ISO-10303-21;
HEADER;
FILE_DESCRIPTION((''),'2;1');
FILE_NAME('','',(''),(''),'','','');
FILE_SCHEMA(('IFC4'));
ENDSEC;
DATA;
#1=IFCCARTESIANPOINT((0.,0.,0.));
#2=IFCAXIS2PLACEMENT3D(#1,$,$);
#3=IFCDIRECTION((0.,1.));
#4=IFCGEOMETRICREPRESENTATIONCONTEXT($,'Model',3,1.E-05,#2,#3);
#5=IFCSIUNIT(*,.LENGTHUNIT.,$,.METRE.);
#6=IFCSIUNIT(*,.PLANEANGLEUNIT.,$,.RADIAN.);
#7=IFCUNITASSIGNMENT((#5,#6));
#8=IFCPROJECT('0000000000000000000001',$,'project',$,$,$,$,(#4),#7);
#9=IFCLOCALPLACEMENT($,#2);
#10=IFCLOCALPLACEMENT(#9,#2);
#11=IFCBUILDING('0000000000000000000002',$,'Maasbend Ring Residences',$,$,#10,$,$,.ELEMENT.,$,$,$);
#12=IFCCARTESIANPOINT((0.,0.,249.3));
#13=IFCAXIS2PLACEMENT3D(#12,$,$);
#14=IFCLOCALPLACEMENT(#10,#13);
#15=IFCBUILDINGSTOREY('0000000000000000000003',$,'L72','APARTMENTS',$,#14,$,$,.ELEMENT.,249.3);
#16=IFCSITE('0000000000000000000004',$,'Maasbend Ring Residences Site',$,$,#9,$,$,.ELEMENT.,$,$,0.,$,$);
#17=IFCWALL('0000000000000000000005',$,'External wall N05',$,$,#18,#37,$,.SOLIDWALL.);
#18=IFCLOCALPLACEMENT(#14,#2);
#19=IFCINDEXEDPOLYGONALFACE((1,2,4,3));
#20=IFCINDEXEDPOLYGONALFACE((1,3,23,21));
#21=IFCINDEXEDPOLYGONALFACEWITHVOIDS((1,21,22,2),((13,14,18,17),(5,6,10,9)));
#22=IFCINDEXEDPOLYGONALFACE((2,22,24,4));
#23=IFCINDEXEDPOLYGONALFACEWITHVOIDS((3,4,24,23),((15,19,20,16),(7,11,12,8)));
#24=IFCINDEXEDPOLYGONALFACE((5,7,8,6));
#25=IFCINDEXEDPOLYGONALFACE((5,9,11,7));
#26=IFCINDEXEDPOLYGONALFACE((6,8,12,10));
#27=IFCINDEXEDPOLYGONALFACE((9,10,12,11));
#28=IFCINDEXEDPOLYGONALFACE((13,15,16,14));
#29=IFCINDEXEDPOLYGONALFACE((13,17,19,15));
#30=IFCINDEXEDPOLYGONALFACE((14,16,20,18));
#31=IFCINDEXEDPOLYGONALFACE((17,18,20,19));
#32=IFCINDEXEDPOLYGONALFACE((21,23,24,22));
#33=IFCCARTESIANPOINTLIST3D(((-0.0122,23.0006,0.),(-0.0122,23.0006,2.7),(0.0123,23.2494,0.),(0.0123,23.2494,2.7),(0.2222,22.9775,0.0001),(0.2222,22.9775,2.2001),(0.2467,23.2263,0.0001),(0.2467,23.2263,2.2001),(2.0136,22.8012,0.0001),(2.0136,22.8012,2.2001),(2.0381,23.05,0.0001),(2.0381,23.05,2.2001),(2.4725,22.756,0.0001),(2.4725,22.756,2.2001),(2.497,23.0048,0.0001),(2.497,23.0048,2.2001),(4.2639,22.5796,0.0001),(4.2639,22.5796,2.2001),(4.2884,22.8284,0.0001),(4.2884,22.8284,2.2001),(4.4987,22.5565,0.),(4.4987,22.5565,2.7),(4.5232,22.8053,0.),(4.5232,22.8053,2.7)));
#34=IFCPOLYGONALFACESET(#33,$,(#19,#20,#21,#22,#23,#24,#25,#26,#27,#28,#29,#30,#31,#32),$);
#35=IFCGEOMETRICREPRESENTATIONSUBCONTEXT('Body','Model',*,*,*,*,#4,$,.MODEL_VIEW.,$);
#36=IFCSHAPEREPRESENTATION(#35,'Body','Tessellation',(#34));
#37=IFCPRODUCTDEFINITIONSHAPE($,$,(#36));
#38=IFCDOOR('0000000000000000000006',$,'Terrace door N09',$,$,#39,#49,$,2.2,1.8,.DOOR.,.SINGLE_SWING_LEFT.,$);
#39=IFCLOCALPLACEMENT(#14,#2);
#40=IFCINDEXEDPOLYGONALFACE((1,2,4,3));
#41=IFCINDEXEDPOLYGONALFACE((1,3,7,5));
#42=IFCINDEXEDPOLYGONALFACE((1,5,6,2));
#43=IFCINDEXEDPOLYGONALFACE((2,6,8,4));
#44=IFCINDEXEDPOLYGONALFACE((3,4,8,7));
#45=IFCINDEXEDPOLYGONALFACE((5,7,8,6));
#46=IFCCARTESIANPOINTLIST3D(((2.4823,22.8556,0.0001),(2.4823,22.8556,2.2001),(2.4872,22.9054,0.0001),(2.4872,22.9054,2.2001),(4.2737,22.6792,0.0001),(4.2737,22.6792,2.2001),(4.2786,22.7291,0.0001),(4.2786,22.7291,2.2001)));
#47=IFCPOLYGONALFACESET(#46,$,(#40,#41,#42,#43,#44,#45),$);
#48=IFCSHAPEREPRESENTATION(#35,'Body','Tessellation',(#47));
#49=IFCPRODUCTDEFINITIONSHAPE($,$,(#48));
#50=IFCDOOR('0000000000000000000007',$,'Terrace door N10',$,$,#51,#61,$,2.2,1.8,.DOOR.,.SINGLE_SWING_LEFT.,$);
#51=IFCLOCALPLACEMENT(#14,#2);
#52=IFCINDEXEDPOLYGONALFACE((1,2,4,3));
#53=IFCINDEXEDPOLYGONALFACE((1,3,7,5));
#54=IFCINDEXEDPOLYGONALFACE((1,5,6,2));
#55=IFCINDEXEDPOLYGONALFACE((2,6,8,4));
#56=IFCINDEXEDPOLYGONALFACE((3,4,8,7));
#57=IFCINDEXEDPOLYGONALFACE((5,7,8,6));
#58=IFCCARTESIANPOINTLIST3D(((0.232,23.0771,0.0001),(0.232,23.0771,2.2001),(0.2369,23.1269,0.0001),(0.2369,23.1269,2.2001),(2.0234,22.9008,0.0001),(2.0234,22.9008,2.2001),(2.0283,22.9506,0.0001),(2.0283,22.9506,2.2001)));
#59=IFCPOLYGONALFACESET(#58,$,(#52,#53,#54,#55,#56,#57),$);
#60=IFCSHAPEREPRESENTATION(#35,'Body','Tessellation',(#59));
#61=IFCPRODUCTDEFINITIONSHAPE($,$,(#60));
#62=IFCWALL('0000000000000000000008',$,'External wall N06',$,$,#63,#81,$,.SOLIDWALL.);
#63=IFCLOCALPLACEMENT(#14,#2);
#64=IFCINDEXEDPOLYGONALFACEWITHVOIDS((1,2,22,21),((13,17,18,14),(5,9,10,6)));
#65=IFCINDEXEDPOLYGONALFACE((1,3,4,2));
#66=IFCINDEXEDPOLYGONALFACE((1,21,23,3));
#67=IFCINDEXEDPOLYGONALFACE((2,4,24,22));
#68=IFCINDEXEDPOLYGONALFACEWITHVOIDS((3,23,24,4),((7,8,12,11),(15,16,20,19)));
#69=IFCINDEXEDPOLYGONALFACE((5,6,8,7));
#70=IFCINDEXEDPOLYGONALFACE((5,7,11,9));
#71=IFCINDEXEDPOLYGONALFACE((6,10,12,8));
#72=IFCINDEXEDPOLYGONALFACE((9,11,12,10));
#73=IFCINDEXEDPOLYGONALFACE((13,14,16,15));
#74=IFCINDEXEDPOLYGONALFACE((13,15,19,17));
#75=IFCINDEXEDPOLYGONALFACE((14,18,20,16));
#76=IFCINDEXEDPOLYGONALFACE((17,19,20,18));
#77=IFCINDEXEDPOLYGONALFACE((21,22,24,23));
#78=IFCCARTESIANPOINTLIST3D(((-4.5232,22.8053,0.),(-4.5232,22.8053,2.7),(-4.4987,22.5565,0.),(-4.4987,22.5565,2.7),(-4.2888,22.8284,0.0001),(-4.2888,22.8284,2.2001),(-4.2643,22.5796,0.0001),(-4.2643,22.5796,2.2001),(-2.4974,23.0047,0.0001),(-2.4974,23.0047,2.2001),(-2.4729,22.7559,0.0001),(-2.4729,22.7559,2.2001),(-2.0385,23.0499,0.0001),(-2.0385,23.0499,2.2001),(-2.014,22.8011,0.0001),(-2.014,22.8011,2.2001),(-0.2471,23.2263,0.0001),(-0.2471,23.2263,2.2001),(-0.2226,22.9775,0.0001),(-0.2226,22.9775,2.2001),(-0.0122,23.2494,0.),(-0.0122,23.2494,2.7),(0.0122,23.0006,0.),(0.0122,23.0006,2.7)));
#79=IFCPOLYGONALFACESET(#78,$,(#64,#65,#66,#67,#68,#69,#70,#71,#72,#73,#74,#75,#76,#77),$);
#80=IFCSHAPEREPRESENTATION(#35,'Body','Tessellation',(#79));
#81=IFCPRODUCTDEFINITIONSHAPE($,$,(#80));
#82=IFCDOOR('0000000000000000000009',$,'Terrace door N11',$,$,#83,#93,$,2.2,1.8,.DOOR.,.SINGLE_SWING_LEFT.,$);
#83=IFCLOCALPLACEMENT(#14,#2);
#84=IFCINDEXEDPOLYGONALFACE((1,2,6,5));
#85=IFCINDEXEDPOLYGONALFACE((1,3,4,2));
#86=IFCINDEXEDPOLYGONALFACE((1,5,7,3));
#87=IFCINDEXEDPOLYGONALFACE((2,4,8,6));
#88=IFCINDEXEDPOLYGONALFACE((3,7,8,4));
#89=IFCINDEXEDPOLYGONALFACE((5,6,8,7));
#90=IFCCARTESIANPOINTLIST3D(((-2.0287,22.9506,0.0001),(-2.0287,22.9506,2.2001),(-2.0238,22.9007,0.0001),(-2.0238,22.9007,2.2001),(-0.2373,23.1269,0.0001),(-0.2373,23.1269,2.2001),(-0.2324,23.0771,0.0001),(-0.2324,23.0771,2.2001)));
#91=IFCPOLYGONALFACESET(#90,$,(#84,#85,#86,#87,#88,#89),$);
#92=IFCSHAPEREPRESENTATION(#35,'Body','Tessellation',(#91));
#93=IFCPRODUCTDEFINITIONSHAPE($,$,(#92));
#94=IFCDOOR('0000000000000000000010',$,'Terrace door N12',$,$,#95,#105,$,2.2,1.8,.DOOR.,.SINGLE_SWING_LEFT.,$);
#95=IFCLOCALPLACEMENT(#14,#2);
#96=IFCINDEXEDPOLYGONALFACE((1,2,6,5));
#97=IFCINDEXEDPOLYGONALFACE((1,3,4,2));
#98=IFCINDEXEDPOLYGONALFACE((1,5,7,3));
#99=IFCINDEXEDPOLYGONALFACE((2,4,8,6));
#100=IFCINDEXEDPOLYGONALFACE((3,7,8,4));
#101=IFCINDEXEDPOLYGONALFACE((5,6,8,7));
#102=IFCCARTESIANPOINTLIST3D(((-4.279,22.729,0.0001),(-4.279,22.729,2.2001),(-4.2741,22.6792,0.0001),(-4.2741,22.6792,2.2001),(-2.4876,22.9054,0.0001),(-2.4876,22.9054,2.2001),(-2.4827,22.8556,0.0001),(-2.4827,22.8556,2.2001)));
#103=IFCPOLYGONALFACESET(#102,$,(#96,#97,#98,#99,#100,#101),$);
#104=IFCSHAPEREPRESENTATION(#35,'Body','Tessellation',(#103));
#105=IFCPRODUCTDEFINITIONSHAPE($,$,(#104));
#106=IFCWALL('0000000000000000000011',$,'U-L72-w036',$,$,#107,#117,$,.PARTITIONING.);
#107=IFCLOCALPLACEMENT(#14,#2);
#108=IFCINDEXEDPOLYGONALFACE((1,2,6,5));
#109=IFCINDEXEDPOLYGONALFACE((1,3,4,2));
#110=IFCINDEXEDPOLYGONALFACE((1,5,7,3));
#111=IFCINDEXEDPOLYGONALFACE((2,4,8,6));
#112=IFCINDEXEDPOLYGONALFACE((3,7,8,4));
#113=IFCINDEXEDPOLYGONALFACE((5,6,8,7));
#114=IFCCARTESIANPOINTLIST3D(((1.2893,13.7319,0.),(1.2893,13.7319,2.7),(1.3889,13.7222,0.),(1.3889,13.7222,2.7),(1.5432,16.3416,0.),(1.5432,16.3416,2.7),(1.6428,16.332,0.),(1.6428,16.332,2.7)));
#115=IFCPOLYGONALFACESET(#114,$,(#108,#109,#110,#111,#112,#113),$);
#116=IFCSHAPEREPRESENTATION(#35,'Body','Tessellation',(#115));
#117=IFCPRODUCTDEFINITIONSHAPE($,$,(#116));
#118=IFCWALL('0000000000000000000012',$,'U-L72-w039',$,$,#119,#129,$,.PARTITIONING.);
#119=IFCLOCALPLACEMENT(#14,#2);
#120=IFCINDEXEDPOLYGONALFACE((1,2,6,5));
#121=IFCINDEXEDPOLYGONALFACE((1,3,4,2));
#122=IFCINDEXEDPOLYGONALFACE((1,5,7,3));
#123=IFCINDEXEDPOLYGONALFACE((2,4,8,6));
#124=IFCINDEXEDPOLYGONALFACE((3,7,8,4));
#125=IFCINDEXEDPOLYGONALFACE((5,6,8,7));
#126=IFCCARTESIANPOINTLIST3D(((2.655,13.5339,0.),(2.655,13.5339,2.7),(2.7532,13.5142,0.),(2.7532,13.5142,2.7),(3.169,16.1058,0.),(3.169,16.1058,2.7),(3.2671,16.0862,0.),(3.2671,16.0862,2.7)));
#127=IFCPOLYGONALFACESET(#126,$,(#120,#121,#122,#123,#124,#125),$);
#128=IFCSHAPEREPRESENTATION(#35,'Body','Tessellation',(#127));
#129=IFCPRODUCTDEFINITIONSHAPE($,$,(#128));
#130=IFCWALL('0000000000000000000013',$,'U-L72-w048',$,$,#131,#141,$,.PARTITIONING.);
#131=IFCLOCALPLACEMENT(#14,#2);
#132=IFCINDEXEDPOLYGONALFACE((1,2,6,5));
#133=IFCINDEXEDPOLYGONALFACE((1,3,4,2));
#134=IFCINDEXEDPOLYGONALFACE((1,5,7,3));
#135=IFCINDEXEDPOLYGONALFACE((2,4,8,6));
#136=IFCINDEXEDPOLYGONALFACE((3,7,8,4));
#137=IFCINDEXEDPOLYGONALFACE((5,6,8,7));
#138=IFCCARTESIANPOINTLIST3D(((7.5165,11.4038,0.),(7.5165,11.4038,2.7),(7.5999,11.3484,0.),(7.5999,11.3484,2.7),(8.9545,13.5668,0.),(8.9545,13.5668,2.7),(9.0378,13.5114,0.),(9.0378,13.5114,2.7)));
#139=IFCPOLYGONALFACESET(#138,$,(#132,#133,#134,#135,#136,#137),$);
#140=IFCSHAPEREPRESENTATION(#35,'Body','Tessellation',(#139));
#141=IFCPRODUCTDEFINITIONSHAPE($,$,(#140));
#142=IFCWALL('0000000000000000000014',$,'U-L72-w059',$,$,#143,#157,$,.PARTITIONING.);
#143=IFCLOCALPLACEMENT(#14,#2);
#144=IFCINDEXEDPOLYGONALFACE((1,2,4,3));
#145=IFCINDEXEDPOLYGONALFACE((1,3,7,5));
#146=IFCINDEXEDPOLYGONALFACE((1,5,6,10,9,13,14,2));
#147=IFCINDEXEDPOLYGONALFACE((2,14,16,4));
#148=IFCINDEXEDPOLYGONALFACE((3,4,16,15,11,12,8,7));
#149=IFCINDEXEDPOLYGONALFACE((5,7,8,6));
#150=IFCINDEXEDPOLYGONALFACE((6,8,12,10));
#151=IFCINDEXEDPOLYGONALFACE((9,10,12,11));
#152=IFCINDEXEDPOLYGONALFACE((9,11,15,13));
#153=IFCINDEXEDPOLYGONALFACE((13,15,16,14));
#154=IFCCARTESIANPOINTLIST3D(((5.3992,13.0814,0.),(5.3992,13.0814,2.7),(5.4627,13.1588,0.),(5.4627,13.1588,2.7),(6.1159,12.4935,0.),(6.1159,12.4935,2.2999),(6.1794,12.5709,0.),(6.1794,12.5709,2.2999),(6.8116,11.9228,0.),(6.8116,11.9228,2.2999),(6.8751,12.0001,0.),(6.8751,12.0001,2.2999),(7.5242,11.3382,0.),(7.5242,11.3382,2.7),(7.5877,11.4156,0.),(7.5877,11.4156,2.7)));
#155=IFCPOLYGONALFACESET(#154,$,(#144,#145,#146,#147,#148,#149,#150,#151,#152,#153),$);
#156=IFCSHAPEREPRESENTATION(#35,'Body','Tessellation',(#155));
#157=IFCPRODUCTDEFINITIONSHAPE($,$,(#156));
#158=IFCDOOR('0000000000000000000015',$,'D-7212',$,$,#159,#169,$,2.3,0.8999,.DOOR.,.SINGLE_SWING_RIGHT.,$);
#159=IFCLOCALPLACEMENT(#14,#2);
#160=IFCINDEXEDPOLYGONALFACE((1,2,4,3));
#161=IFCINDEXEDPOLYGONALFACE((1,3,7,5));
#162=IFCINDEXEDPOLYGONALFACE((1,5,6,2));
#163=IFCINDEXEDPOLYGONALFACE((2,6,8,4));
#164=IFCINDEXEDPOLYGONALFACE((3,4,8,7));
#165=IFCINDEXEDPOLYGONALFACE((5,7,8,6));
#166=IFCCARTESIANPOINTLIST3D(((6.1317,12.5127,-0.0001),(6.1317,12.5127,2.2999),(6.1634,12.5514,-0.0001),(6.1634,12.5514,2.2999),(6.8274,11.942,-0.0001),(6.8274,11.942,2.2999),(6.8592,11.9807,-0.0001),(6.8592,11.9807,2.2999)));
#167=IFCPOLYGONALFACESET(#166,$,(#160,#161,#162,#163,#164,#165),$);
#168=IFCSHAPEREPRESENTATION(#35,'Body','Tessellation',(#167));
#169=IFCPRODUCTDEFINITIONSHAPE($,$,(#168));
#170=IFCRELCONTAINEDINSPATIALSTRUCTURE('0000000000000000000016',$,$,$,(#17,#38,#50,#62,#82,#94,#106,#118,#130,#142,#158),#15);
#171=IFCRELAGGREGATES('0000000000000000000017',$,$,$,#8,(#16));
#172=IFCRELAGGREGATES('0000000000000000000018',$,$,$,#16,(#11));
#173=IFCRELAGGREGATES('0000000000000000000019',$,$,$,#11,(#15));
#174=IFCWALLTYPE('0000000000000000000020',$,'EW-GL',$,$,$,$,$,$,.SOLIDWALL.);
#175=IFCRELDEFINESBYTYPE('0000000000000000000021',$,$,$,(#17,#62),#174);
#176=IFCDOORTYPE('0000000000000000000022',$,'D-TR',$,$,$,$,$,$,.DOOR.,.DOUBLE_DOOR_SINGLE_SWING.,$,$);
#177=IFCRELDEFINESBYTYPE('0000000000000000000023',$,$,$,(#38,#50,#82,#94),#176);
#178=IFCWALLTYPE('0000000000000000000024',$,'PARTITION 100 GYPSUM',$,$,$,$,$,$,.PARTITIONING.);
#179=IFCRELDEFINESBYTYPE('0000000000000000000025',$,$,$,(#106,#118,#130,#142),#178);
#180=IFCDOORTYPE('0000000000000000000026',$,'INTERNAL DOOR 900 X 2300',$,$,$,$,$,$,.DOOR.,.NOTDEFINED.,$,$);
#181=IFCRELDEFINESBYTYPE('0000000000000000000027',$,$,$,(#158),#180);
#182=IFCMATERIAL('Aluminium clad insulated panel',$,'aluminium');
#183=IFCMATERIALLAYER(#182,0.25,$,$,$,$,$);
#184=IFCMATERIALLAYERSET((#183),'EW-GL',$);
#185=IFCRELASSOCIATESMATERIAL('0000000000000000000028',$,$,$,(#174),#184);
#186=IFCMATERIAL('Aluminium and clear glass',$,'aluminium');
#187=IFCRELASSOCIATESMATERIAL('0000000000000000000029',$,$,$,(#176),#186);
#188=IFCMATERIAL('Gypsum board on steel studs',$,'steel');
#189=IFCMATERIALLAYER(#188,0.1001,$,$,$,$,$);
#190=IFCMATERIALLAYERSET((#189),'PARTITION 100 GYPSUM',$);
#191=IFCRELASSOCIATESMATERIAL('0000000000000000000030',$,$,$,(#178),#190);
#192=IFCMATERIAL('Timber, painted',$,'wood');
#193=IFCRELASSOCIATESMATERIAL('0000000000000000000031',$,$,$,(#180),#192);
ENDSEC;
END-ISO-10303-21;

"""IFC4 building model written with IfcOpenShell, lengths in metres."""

from ifc_helpers import new_model, si_unit, direction, frame, frame_2d, origin, place, context, subcontext, project, spatial, rectangle, extrude, material, layer, layer_set, type_object, element, fill, save


model = new_model("IFC4")

# Units and contexts
model_context = context("Model", 3, precision=1e-05, world=origin(), true_north=direction((0.0, 1.0)))
body_context = subcontext(model_context, "Body", "Model", "MODEL_VIEW")
ifc_project = project(units=[si_unit("LENGTHUNIT", "METRE"), si_unit("PLANEANGLEUNIT", "RADIAN")], contexts=[model_context])

# Site, building, storey
site_placement = place(None, origin())
site = spatial("IfcSite", under=ifc_project, at=site_placement, Name="Maasbend Ring Residences Site", CompositionType="ELEMENT", RefElevation=0.0)
building_placement = place(site_placement, origin())
building = spatial("IfcBuilding", under=site, at=building_placement, Name="Maasbend Ring Residences", CompositionType="ELEMENT")
storey_placement = place(building_placement, frame((0.0, 0.0, 249.3)))
storey = spatial("IfcBuildingStorey", under=building, at=storey_placement, Name="L72", Description="APARTMENTS", CompositionType="ELEMENT", Elevation=249.3)

# Walls, openings, doors
ifc_material_1 = material(Name="Aluminium clad insulated panel", Category="aluminium")
ifc_layer_1 = layer(ifc_material_1, 0.25)
ifc_layer_set_1 = layer_set([ifc_layer_1], Name="EW-GL")
wall_type_1 = type_object("IfcWallType", Name="EW-GL", PredefinedType="SOLIDWALL", material=ifc_layer_set_1)
wall_1_placement = place(storey_placement, frame((4.511, 22.6809, 0.0), z_axis=(0.0, 0.0, 1.0), x_axis=(-0.995189, 0.097973, 0.0)))
wall_1 = element("IfcWall", 1, at=wall_1_placement, inside=storey, type_object=wall_type_1, Name="External wall N05", PredefinedType="SOLIDWALL", context=body_context, shape_type="SweptSolid", body=[
    extrude(rectangle(XDim=4.5327, YDim=0.25, at=frame_2d((2.2664, 0.0))), origin(), (0.0, 0.0, 1.0), 2.7),
])
opening_1_placement = place(wall_1_placement, frame((0.2361, 0.0, 0.0)))
opening_1 = element("IfcOpeningElement", 2, at=opening_1_placement, cuts=wall_1, PredefinedType="OPENING", context=body_context, shape_type="SweptSolid", body=[
    extrude(rectangle(XDim=1.8, YDim=2.2, at=frame_2d((0.8999, 1.1001))), frame((0.0, 0.135, 0.0), z_axis=(0.0, -1.0, 0.0), x_axis=(1.0, 0.0, 0.0)), (0.0, 0.0, 1.0), 0.27),
])
opening_2_placement = place(wall_1_placement, frame((2.4973, 0.0, 0.0)))
opening_2 = element("IfcOpeningElement", 3, at=opening_2_placement, cuts=wall_1, PredefinedType="OPENING", context=body_context, shape_type="SweptSolid", body=[
    extrude(rectangle(XDim=1.8, YDim=2.2, at=frame_2d((0.8999, 1.1001))), frame((0.0, 0.135, 0.0), z_axis=(0.0, -1.0, 0.0), x_axis=(1.0, 0.0, 0.0)), (0.0, 0.0, 1.0), 0.27),
])
ifc_material_2 = material(Name="Aluminium and clear glass", Category="aluminium")
door_type_1 = type_object("IfcDoorType", Name="D-TR", OperationType="DOUBLE_DOOR_SINGLE_SWING", PredefinedType="DOOR", material=ifc_material_2)
door_1_placement = place(opening_1_placement, origin())
door_1 = element("IfcDoor", 4, at=door_1_placement, inside=storey, type_object=door_type_1, Name="Terrace door N09", OperationType="SINGLE_SWING_LEFT", OverallHeight=2.2, OverallWidth=1.8, PredefinedType="DOOR", context=body_context, shape_type="SweptSolid", body=[
    extrude(rectangle(XDim=1.8, YDim=2.2, at=frame_2d((0.8999, 1.1001))), frame((0.0, 0.0249, 0.0), z_axis=(0.0, -1.0, 0.0), x_axis=(1.0, 0.0, 0.0)), (0.0, 0.0, 1.0), 0.05),
])
fill(opening_1, door_1)
door_2_placement = place(opening_2_placement, origin())
door_2 = element("IfcDoor", 5, at=door_2_placement, inside=storey, type_object=door_type_1, Name="Terrace door N10", OperationType="SINGLE_SWING_LEFT", OverallHeight=2.2, OverallWidth=1.8, PredefinedType="DOOR", context=body_context, shape_type="SweptSolid", body=[
    extrude(rectangle(XDim=1.8, YDim=2.2, at=frame_2d((0.8999, 1.1001))), frame((0.0, 0.0249, 0.0), z_axis=(0.0, -1.0, 0.0), x_axis=(1.0, 0.0, 0.0)), (0.0, 0.0, 1.0), 0.05),
])
fill(opening_2, door_2)
wall_2_placement = place(storey_placement, frame((0.0, 23.125, 0.0), z_axis=(0.0, 0.0, 1.0), x_axis=(-0.995189, -0.097973, 0.0)))
wall_2 = element("IfcWall", 6, at=wall_2_placement, inside=storey, type_object=wall_type_1, Name="External wall N06", PredefinedType="SOLIDWALL", context=body_context, shape_type="SweptSolid", body=[
    extrude(rectangle(XDim=4.5327, YDim=0.25, at=frame_2d((2.2664, 0.0))), origin(), (0.0, 0.0, 1.0), 2.7),
])
opening_3_placement = place(wall_2_placement, frame((0.2361, 0.0, 0.0)))
opening_3 = element("IfcOpeningElement", 7, at=opening_3_placement, cuts=wall_2, PredefinedType="OPENING", context=body_context, shape_type="SweptSolid", body=[
    extrude(rectangle(XDim=1.8, YDim=2.2, at=frame_2d((0.8999, 1.1001))), frame((0.0, 0.135, 0.0), z_axis=(0.0, -1.0, 0.0), x_axis=(1.0, 0.0, 0.0)), (0.0, 0.0, 1.0), 0.27),
])
opening_4_placement = place(wall_2_placement, frame((2.4973, 0.0, 0.0)))
opening_4 = element("IfcOpeningElement", 8, at=opening_4_placement, cuts=wall_2, PredefinedType="OPENING", context=body_context, shape_type="SweptSolid", body=[
    extrude(rectangle(XDim=1.8, YDim=2.2, at=frame_2d((0.8999, 1.1001))), frame((0.0, 0.135, 0.0), z_axis=(0.0, -1.0, 0.0), x_axis=(1.0, 0.0, 0.0)), (0.0, 0.0, 1.0), 0.27),
])
door_3_placement = place(opening_3_placement, origin())
door_3 = element("IfcDoor", 9, at=door_3_placement, inside=storey, type_object=door_type_1, Name="Terrace door N11", OperationType="SINGLE_SWING_LEFT", OverallHeight=2.2, OverallWidth=1.8, PredefinedType="DOOR", context=body_context, shape_type="SweptSolid", body=[
    extrude(rectangle(XDim=1.8, YDim=2.2, at=frame_2d((0.8999, 1.1001))), frame((0.0, 0.0249, 0.0), z_axis=(0.0, -1.0, 0.0), x_axis=(1.0, 0.0, 0.0)), (0.0, 0.0, 1.0), 0.05),
])
fill(opening_3, door_3)
door_4_placement = place(opening_4_placement, origin())
door_4 = element("IfcDoor", 10, at=door_4_placement, inside=storey, type_object=door_type_1, Name="Terrace door N12", OperationType="SINGLE_SWING_LEFT", OverallHeight=2.2, OverallWidth=1.8, PredefinedType="DOOR", context=body_context, shape_type="SweptSolid", body=[
    extrude(rectangle(XDim=1.8, YDim=2.2, at=frame_2d((0.8999, 1.1001))), frame((0.0, 0.0249, 0.0), z_axis=(0.0, -1.0, 0.0), x_axis=(1.0, 0.0, 0.0)), (0.0, 0.0, 1.0), 0.05),
])
fill(opening_4, door_4)

# Walls
ifc_material_3 = material(Name="Gypsum board on steel studs", Category="steel")
ifc_layer_2 = layer(ifc_material_3, 0.1001)
ifc_layer_set_2 = layer_set([ifc_layer_2], Name="PARTITION 100 GYPSUM")
wall_type_2 = type_object("IfcWallType", Name="PARTITION 100 GYPSUM", PredefinedType="PARTITIONING", material=ifc_layer_set_2)
wall_3_placement = place(storey_placement, frame((1.3391, 13.7271, 0.0), z_axis=(0.0, 0.0, 1.0), x_axis=(0.09683, 0.995301, 0.0)))
element("IfcWall", 11, at=wall_3_placement, inside=storey, type_object=wall_type_2, Name="U-L72-w036", PredefinedType="PARTITIONING", context=body_context, shape_type="SweptSolid", body=[
    extrude(rectangle(XDim=2.6221, YDim=0.1001, at=frame_2d((1.311, 0.0))), origin(), (0.0, 0.0, 1.0), 2.7),
])
wall_4_placement = place(storey_placement, frame((2.7041, 13.5239, 0.0), z_axis=(0.0, 0.0, 1.0), x_axis=(0.195937, 0.980616, 0.0)))
element("IfcWall", 12, at=wall_4_placement, inside=storey, type_object=wall_type_2, Name="U-L72-w039", PredefinedType="PARTITIONING", context=body_context, shape_type="SweptSolid", body=[
    extrude(rectangle(XDim=2.6228, YDim=0.1001, at=frame_2d((1.3115, 0.0))), origin(), (0.0, 0.0, 1.0), 2.7),
])
wall_5_placement = place(storey_placement, frame((7.5581, 11.376, 0.0), z_axis=(0.0, 0.0, 1.0), x_axis=(0.553615, 0.832773, 0.0)))
element("IfcWall", 13, at=wall_5_placement, inside=storey, type_object=wall_type_2, Name="U-L72-w048", PredefinedType="PARTITIONING", context=body_context, shape_type="SweptSolid", body=[
    extrude(rectangle(XDim=2.5974, YDim=0.1001, at=frame_2d((1.2988, 0.0))), origin(), (0.0, 0.0, 1.0), 2.7),
])

# Wall, opening, door
wall_6_placement = place(storey_placement, frame((5.4309, 13.1201, 0.0), z_axis=(0.0, 0.0, 1.0), x_axis=(0.773149, -0.634224, 0.0)))
wall_6 = element("IfcWall", 14, at=wall_6_placement, inside=storey, type_object=wall_type_2, Name="U-L72-w059", PredefinedType="PARTITIONING", context=body_context, shape_type="SweptSolid", body=[
    extrude(rectangle(XDim=2.7485, YDim=0.1001, at=frame_2d((1.3743, 0.0))), origin(), (0.0, 0.0, 1.0), 2.7),
])
opening_5_placement = place(wall_6_placement, frame((0.927, 0.0, 0.0)))
opening_5 = element("IfcOpeningElement", 15, at=opening_5_placement, cuts=wall_6, PredefinedType="OPENING", context=body_context, shape_type="SweptSolid", body=[
    extrude(rectangle(XDim=0.8999, YDim=2.3, at=frame_2d((0.45, 1.1499))), frame((0.0, 0.0601, 0.0), z_axis=(0.0, -1.0, 0.0), x_axis=(1.0, 0.0, 0.0)), (0.0, 0.0, 1.0), 0.1201),
])
ifc_material_4 = material(Name="Timber, painted", Category="wood")
door_type_2 = type_object("IfcDoorType", Name="INTERNAL DOOR 900 X 2300", OperationType="NOTDEFINED", PredefinedType="DOOR", material=ifc_material_4)
door_5_placement = place(opening_5_placement, origin())
door_5 = element("IfcDoor", 16, at=door_5_placement, inside=storey, type_object=door_type_2, Name="D-7212", OperationType="SINGLE_SWING_RIGHT", OverallHeight=2.3, OverallWidth=0.8999, PredefinedType="DOOR", context=body_context, shape_type="SweptSolid", body=[
    extrude(rectangle(XDim=0.8999, YDim=2.3, at=frame_2d((0.45, 1.1499))), frame((0.0, 0.0249, 0.0), z_axis=(0.0, -1.0, 0.0), x_axis=(1.0, 0.0, 0.0)), (0.0, 0.0, 1.0), 0.05),
])
fill(opening_5, door_5)

save(model, "model.ifc")
